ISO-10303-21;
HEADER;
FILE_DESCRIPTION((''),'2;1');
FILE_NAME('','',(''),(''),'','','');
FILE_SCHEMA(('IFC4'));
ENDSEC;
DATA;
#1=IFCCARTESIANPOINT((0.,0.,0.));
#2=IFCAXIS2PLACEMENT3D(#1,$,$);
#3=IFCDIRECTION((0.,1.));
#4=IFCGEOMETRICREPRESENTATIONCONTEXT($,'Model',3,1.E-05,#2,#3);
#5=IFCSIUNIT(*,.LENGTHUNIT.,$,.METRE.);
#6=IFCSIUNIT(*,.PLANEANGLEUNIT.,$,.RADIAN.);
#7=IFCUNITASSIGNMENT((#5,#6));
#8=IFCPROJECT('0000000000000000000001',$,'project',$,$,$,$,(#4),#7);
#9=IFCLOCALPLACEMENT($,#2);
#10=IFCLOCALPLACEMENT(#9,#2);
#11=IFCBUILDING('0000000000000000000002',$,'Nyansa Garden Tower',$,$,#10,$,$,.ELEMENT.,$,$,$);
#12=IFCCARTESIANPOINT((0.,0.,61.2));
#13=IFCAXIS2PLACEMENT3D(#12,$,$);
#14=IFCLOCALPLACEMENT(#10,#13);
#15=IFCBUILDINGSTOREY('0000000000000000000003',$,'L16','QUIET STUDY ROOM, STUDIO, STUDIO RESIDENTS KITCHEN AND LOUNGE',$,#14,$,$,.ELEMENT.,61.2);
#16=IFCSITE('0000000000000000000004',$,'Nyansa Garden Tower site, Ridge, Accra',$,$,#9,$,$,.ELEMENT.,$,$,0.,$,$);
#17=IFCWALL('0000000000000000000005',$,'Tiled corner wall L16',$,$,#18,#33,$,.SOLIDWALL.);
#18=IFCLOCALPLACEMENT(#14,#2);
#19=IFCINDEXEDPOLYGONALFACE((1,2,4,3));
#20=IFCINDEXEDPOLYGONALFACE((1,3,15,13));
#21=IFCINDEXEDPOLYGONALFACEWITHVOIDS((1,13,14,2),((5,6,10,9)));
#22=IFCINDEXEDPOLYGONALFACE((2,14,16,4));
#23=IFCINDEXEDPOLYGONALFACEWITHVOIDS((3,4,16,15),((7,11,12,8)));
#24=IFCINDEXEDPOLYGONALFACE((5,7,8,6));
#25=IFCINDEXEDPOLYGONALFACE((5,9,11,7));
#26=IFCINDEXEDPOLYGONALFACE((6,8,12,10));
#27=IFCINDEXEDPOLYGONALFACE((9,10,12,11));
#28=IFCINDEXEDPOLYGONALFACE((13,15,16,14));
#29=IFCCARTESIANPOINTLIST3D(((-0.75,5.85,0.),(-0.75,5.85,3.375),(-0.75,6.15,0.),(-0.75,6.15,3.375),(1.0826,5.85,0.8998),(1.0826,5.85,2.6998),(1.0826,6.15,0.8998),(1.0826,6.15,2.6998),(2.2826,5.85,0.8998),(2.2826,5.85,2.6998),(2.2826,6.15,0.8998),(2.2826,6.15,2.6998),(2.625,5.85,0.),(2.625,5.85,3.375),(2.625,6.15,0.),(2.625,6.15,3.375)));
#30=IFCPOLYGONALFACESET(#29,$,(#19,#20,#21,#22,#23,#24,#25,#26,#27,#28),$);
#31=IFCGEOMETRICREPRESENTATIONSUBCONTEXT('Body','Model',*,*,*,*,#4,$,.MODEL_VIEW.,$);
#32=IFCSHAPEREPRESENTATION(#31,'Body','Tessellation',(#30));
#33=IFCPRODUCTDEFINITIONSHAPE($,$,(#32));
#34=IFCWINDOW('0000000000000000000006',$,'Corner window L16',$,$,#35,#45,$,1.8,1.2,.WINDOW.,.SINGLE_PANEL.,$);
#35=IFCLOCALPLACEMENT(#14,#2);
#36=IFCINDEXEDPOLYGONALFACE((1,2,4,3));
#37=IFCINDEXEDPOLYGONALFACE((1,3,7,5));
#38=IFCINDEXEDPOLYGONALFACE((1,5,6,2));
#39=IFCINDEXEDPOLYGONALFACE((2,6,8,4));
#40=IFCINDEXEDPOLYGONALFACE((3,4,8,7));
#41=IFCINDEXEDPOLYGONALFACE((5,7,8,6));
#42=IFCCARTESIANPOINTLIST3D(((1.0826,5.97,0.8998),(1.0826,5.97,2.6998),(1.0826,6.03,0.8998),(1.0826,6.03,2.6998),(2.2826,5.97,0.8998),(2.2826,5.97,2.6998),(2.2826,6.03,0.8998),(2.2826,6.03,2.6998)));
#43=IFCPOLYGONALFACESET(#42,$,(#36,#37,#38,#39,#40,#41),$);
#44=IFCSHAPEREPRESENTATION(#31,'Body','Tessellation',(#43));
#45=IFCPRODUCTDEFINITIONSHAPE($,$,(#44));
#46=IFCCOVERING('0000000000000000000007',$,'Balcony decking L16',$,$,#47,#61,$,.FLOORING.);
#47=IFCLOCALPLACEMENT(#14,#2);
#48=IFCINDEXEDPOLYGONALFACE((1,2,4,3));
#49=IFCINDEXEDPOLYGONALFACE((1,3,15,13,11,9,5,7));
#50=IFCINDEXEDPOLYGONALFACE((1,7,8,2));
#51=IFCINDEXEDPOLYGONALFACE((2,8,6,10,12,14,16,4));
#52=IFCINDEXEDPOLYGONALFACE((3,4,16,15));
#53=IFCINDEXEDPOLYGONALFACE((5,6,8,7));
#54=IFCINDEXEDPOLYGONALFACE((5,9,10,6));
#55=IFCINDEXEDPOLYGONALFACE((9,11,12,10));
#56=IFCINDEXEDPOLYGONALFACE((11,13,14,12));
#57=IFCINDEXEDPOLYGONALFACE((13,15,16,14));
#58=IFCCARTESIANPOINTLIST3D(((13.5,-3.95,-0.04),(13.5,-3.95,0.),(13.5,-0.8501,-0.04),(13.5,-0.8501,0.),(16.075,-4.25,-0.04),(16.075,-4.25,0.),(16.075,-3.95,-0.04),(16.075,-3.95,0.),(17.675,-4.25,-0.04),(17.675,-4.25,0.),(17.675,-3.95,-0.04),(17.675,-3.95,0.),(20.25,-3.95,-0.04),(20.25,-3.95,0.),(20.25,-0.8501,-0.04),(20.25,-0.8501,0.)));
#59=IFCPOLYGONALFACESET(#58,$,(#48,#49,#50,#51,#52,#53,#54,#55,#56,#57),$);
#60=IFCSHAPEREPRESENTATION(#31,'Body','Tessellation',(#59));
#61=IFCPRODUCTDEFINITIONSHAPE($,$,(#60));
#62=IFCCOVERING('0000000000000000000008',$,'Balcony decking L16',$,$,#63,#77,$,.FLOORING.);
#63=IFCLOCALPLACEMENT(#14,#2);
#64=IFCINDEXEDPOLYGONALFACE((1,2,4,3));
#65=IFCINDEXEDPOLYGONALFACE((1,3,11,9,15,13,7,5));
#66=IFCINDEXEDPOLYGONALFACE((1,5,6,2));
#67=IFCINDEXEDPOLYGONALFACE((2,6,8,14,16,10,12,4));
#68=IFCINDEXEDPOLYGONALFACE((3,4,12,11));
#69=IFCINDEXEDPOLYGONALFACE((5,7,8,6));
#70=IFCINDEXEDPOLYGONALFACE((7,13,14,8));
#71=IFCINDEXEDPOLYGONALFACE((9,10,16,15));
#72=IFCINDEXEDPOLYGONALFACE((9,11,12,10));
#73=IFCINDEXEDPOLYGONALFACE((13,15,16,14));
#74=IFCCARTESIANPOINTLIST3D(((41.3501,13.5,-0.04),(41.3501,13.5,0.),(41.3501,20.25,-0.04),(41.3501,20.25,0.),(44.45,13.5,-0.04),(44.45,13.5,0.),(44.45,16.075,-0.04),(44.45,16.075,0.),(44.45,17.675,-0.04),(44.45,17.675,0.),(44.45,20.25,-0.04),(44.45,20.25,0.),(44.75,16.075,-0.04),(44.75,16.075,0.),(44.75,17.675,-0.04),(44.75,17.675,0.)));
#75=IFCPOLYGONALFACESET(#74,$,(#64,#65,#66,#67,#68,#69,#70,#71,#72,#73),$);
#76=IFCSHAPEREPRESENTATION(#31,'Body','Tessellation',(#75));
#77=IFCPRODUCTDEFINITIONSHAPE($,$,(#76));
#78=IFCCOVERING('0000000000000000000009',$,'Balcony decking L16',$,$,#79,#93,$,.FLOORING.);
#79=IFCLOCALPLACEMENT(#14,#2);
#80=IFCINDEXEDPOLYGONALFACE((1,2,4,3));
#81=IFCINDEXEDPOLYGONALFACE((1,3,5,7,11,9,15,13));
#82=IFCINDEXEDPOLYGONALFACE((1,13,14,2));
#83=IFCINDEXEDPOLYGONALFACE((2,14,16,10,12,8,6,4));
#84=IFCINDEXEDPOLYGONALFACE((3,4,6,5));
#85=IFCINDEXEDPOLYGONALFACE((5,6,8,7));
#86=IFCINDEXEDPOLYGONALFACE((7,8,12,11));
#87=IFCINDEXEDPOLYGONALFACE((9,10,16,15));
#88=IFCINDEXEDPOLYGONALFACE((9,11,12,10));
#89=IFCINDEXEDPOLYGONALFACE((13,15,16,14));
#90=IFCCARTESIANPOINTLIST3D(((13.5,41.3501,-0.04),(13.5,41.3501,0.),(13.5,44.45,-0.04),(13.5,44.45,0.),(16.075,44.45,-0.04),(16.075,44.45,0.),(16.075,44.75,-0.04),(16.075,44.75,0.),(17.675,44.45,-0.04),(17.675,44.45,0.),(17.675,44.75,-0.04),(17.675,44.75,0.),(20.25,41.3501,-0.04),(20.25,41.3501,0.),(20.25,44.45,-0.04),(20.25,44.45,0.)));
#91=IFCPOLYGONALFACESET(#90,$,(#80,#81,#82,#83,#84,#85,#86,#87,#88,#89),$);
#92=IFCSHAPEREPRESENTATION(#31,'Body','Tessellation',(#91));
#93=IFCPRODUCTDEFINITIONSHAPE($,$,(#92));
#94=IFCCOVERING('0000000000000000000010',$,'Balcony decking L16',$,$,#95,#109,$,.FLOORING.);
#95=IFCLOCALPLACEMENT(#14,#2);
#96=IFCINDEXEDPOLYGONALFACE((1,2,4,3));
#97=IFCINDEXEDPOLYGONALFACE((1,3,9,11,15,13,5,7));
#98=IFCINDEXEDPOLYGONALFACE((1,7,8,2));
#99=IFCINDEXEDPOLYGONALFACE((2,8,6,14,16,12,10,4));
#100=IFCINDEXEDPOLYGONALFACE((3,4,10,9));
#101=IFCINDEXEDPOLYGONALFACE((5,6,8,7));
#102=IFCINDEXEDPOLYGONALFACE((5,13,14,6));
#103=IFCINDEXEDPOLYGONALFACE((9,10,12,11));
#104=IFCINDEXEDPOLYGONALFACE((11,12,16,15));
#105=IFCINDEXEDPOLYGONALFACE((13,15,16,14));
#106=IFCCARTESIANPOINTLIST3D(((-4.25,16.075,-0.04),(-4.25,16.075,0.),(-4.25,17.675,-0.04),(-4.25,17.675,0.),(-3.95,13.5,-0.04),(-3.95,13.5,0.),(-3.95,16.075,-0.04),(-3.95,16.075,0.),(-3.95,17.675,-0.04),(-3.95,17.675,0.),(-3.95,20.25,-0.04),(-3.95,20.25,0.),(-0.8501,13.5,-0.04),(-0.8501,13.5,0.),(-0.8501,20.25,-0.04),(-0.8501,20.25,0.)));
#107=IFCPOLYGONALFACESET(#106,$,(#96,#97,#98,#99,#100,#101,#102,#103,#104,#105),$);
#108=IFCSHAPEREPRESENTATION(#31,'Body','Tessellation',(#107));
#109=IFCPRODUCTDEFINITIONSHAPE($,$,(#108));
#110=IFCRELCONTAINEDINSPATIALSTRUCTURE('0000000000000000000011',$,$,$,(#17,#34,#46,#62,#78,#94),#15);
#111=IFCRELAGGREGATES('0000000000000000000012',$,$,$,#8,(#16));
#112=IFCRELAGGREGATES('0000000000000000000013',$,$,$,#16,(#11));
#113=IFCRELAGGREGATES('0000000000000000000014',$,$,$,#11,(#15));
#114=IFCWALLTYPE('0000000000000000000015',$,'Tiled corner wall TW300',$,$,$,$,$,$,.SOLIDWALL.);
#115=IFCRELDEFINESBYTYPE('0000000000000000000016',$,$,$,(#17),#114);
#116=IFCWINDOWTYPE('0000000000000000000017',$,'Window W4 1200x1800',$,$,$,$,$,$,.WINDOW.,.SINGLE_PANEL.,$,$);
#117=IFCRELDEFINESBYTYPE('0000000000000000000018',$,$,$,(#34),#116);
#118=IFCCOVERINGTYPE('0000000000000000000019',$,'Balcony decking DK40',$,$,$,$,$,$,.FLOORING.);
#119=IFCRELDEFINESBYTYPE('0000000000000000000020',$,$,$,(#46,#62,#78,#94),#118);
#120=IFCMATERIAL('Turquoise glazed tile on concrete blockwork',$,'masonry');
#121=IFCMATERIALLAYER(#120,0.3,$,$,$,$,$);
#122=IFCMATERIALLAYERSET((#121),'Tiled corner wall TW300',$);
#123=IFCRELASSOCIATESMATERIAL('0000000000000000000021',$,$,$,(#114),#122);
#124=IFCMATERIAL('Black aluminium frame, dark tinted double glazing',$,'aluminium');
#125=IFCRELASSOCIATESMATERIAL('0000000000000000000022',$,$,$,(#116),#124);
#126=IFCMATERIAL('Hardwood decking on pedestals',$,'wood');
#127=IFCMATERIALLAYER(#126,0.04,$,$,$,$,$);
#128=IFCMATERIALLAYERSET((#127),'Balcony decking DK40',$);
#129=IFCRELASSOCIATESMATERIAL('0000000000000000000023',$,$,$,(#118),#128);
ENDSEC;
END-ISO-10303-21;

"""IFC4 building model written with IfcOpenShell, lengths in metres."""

from ifc_helpers import new_model, si_unit, direction, frame, frame_2d, origin, place, context, subcontext, project, spatial, polyline, rectangle, outline, extrude, material, layer, layer_set, type_object, element, fill, save


model = new_model("IFC4")

# Units and contexts
model_context = context("Model", 3, precision=1e-05, world=origin(), true_north=direction((0.0, 1.0)))
body_context = subcontext(model_context, "Body", "Model", "MODEL_VIEW")
ifc_project = project(units=[si_unit("LENGTHUNIT", "METRE"), si_unit("PLANEANGLEUNIT", "RADIAN")], contexts=[model_context])

# Site, building, storey
site_placement = place(None, origin())
site = spatial("IfcSite", under=ifc_project, at=site_placement, Name="Nyansa Garden Tower site, Ridge, Accra", CompositionType="ELEMENT", RefElevation=0.0)
building_placement = place(site_placement, origin())
building = spatial("IfcBuilding", under=site, at=building_placement, Name="Nyansa Garden Tower", CompositionType="ELEMENT")
storey_placement = place(building_placement, frame((0.0, 0.0, 61.2)))
storey = spatial("IfcBuildingStorey", under=building, at=storey_placement, Name="L16", Description="QUIET STUDY ROOM, STUDIO, STUDIO RESIDENTS KITCHEN AND LOUNGE", CompositionType="ELEMENT", Elevation=61.2)

# Wall, opening, window
ifc_material_1 = material(Name="Turquoise glazed tile on concrete blockwork", Category="masonry")
ifc_layer_1 = layer(ifc_material_1, 0.3)
ifc_layer_set_1 = layer_set([ifc_layer_1], Name="Tiled corner wall TW300")
wall_type = type_object("IfcWallType", Name="Tiled corner wall TW300", PredefinedType="SOLIDWALL", material=ifc_layer_set_1)
wall_placement = place(storey_placement, frame((-0.75, 6.0, 0.0), z_axis=(0.0, 0.0, 1.0), x_axis=(1.0, 0.0, 0.0)))
wall = element("IfcWall", 1, at=wall_placement, inside=storey, type_object=wall_type, Name="Tiled corner wall L16", PredefinedType="SOLIDWALL", context=body_context, shape_type="SweptSolid", body=[
    extrude(rectangle(XDim=3.375, YDim=0.3, at=frame_2d((1.6875, 0.0))), origin(), (0.0, 0.0, 1.0), 3.375),
])
opening_placement = place(wall_placement, frame((1.8325, 0.0, 0.8999)))
opening = element("IfcOpeningElement", 2, at=opening_placement, cuts=wall, PredefinedType="OPENING", context=body_context, shape_type="SweptSolid", body=[
    extrude(rectangle(XDim=1.2, YDim=1.8, at=frame_2d((0.6001, 0.8999))), frame((0.0, 0.1599, 0.0), z_axis=(0.0, -1.0, 0.0), x_axis=(1.0, 0.0, 0.0)), (0.0, 0.0, 1.0), 0.3201),
])
ifc_material_2 = material(Name="Black aluminium frame, dark tinted double glazing", Category="aluminium")
window_type = type_object("IfcWindowType", Name="Window W4 1200x1800", PartitioningType="SINGLE_PANEL", PredefinedType="WINDOW", material=ifc_material_2)
window_placement = place(opening_placement, origin())
window = element("IfcWindow", 3, at=window_placement, inside=storey, type_object=window_type, Name="Corner window L16", OverallHeight=1.8, OverallWidth=1.2, PartitioningType="SINGLE_PANEL", PredefinedType="WINDOW", context=body_context, shape_type="SweptSolid", body=[
    extrude(rectangle(XDim=1.2, YDim=1.8, at=frame_2d((0.6001, 0.8999))), frame((0.0, 0.03, 0.0), z_axis=(0.0, -1.0, 0.0), x_axis=(1.0, 0.0, 0.0)), (0.0, 0.0, 1.0), 0.0601),
])
fill(opening, window)

# Coverings
ifc_material_3 = material(Name="Hardwood decking on pedestals", Category="wood")
ifc_layer_2 = layer(ifc_material_3, 0.04)
ifc_layer_set_2 = layer_set([ifc_layer_2], Name="Balcony decking DK40")
covering_type = type_object("IfcCoveringType", Name="Balcony decking DK40", PredefinedType="FLOORING", material=ifc_layer_set_2)
covering_1_placement = place(storey_placement, frame((0.0, 0.0, -0.04)))
element("IfcCovering", 4, at=covering_1_placement, inside=storey, type_object=covering_type, Name="Balcony decking L16", PredefinedType="FLOORING", context=body_context, shape_type="SweptSolid", body=[
    extrude(outline(polyline([(13.5, -0.8501), (20.25, -0.8501), (20.25, -3.95), (17.675, -3.95), (17.675, -4.25), (16.075, -4.25), (16.075, -3.95), (13.5, -3.95), (13.5, -0.8501)])), origin(), (0.0, 0.0, 1.0), 0.04),
])
covering_2_placement = place(storey_placement, frame((0.0, 0.0, -0.04)))
element("IfcCovering", 5, at=covering_2_placement, inside=storey, type_object=covering_type, Name="Balcony decking L16", PredefinedType="FLOORING", context=body_context, shape_type="SweptSolid", body=[
    extrude(outline(polyline([(41.3501, 13.5), (41.3501, 20.25), (44.45, 20.25), (44.45, 17.675), (44.75, 17.675), (44.75, 16.075), (44.45, 16.075), (44.45, 13.5), (41.3501, 13.5)])), origin(), (0.0, 0.0, 1.0), 0.04),
])
covering_3_placement = place(storey_placement, frame((0.0, 0.0, -0.04)))
element("IfcCovering", 6, at=covering_3_placement, inside=storey, type_object=covering_type, Name="Balcony decking L16", PredefinedType="FLOORING", context=body_context, shape_type="SweptSolid", body=[
    extrude(outline(polyline([(13.5, 41.3501), (20.25, 41.3501), (20.25, 44.45), (17.675, 44.45), (17.675, 44.75), (16.075, 44.75), (16.075, 44.45), (13.5, 44.45), (13.5, 41.3501)])), origin(), (0.0, 0.0, 1.0), 0.04),
])
covering_4_placement = place(storey_placement, frame((0.0, 0.0, -0.04)))
element("IfcCovering", 7, at=covering_4_placement, inside=storey, type_object=covering_type, Name="Balcony decking L16", PredefinedType="FLOORING", context=body_context, shape_type="SweptSolid", body=[
    extrude(outline(polyline([(-0.8501, 13.5), (-0.8501, 20.25), (-3.95, 20.25), (-3.95, 17.675), (-4.25, 17.675), (-4.25, 16.075), (-3.95, 16.075), (-3.95, 13.5), (-0.8501, 13.5)])), origin(), (0.0, 0.0, 1.0), 0.04),
])

save(model, "model.ifc")
